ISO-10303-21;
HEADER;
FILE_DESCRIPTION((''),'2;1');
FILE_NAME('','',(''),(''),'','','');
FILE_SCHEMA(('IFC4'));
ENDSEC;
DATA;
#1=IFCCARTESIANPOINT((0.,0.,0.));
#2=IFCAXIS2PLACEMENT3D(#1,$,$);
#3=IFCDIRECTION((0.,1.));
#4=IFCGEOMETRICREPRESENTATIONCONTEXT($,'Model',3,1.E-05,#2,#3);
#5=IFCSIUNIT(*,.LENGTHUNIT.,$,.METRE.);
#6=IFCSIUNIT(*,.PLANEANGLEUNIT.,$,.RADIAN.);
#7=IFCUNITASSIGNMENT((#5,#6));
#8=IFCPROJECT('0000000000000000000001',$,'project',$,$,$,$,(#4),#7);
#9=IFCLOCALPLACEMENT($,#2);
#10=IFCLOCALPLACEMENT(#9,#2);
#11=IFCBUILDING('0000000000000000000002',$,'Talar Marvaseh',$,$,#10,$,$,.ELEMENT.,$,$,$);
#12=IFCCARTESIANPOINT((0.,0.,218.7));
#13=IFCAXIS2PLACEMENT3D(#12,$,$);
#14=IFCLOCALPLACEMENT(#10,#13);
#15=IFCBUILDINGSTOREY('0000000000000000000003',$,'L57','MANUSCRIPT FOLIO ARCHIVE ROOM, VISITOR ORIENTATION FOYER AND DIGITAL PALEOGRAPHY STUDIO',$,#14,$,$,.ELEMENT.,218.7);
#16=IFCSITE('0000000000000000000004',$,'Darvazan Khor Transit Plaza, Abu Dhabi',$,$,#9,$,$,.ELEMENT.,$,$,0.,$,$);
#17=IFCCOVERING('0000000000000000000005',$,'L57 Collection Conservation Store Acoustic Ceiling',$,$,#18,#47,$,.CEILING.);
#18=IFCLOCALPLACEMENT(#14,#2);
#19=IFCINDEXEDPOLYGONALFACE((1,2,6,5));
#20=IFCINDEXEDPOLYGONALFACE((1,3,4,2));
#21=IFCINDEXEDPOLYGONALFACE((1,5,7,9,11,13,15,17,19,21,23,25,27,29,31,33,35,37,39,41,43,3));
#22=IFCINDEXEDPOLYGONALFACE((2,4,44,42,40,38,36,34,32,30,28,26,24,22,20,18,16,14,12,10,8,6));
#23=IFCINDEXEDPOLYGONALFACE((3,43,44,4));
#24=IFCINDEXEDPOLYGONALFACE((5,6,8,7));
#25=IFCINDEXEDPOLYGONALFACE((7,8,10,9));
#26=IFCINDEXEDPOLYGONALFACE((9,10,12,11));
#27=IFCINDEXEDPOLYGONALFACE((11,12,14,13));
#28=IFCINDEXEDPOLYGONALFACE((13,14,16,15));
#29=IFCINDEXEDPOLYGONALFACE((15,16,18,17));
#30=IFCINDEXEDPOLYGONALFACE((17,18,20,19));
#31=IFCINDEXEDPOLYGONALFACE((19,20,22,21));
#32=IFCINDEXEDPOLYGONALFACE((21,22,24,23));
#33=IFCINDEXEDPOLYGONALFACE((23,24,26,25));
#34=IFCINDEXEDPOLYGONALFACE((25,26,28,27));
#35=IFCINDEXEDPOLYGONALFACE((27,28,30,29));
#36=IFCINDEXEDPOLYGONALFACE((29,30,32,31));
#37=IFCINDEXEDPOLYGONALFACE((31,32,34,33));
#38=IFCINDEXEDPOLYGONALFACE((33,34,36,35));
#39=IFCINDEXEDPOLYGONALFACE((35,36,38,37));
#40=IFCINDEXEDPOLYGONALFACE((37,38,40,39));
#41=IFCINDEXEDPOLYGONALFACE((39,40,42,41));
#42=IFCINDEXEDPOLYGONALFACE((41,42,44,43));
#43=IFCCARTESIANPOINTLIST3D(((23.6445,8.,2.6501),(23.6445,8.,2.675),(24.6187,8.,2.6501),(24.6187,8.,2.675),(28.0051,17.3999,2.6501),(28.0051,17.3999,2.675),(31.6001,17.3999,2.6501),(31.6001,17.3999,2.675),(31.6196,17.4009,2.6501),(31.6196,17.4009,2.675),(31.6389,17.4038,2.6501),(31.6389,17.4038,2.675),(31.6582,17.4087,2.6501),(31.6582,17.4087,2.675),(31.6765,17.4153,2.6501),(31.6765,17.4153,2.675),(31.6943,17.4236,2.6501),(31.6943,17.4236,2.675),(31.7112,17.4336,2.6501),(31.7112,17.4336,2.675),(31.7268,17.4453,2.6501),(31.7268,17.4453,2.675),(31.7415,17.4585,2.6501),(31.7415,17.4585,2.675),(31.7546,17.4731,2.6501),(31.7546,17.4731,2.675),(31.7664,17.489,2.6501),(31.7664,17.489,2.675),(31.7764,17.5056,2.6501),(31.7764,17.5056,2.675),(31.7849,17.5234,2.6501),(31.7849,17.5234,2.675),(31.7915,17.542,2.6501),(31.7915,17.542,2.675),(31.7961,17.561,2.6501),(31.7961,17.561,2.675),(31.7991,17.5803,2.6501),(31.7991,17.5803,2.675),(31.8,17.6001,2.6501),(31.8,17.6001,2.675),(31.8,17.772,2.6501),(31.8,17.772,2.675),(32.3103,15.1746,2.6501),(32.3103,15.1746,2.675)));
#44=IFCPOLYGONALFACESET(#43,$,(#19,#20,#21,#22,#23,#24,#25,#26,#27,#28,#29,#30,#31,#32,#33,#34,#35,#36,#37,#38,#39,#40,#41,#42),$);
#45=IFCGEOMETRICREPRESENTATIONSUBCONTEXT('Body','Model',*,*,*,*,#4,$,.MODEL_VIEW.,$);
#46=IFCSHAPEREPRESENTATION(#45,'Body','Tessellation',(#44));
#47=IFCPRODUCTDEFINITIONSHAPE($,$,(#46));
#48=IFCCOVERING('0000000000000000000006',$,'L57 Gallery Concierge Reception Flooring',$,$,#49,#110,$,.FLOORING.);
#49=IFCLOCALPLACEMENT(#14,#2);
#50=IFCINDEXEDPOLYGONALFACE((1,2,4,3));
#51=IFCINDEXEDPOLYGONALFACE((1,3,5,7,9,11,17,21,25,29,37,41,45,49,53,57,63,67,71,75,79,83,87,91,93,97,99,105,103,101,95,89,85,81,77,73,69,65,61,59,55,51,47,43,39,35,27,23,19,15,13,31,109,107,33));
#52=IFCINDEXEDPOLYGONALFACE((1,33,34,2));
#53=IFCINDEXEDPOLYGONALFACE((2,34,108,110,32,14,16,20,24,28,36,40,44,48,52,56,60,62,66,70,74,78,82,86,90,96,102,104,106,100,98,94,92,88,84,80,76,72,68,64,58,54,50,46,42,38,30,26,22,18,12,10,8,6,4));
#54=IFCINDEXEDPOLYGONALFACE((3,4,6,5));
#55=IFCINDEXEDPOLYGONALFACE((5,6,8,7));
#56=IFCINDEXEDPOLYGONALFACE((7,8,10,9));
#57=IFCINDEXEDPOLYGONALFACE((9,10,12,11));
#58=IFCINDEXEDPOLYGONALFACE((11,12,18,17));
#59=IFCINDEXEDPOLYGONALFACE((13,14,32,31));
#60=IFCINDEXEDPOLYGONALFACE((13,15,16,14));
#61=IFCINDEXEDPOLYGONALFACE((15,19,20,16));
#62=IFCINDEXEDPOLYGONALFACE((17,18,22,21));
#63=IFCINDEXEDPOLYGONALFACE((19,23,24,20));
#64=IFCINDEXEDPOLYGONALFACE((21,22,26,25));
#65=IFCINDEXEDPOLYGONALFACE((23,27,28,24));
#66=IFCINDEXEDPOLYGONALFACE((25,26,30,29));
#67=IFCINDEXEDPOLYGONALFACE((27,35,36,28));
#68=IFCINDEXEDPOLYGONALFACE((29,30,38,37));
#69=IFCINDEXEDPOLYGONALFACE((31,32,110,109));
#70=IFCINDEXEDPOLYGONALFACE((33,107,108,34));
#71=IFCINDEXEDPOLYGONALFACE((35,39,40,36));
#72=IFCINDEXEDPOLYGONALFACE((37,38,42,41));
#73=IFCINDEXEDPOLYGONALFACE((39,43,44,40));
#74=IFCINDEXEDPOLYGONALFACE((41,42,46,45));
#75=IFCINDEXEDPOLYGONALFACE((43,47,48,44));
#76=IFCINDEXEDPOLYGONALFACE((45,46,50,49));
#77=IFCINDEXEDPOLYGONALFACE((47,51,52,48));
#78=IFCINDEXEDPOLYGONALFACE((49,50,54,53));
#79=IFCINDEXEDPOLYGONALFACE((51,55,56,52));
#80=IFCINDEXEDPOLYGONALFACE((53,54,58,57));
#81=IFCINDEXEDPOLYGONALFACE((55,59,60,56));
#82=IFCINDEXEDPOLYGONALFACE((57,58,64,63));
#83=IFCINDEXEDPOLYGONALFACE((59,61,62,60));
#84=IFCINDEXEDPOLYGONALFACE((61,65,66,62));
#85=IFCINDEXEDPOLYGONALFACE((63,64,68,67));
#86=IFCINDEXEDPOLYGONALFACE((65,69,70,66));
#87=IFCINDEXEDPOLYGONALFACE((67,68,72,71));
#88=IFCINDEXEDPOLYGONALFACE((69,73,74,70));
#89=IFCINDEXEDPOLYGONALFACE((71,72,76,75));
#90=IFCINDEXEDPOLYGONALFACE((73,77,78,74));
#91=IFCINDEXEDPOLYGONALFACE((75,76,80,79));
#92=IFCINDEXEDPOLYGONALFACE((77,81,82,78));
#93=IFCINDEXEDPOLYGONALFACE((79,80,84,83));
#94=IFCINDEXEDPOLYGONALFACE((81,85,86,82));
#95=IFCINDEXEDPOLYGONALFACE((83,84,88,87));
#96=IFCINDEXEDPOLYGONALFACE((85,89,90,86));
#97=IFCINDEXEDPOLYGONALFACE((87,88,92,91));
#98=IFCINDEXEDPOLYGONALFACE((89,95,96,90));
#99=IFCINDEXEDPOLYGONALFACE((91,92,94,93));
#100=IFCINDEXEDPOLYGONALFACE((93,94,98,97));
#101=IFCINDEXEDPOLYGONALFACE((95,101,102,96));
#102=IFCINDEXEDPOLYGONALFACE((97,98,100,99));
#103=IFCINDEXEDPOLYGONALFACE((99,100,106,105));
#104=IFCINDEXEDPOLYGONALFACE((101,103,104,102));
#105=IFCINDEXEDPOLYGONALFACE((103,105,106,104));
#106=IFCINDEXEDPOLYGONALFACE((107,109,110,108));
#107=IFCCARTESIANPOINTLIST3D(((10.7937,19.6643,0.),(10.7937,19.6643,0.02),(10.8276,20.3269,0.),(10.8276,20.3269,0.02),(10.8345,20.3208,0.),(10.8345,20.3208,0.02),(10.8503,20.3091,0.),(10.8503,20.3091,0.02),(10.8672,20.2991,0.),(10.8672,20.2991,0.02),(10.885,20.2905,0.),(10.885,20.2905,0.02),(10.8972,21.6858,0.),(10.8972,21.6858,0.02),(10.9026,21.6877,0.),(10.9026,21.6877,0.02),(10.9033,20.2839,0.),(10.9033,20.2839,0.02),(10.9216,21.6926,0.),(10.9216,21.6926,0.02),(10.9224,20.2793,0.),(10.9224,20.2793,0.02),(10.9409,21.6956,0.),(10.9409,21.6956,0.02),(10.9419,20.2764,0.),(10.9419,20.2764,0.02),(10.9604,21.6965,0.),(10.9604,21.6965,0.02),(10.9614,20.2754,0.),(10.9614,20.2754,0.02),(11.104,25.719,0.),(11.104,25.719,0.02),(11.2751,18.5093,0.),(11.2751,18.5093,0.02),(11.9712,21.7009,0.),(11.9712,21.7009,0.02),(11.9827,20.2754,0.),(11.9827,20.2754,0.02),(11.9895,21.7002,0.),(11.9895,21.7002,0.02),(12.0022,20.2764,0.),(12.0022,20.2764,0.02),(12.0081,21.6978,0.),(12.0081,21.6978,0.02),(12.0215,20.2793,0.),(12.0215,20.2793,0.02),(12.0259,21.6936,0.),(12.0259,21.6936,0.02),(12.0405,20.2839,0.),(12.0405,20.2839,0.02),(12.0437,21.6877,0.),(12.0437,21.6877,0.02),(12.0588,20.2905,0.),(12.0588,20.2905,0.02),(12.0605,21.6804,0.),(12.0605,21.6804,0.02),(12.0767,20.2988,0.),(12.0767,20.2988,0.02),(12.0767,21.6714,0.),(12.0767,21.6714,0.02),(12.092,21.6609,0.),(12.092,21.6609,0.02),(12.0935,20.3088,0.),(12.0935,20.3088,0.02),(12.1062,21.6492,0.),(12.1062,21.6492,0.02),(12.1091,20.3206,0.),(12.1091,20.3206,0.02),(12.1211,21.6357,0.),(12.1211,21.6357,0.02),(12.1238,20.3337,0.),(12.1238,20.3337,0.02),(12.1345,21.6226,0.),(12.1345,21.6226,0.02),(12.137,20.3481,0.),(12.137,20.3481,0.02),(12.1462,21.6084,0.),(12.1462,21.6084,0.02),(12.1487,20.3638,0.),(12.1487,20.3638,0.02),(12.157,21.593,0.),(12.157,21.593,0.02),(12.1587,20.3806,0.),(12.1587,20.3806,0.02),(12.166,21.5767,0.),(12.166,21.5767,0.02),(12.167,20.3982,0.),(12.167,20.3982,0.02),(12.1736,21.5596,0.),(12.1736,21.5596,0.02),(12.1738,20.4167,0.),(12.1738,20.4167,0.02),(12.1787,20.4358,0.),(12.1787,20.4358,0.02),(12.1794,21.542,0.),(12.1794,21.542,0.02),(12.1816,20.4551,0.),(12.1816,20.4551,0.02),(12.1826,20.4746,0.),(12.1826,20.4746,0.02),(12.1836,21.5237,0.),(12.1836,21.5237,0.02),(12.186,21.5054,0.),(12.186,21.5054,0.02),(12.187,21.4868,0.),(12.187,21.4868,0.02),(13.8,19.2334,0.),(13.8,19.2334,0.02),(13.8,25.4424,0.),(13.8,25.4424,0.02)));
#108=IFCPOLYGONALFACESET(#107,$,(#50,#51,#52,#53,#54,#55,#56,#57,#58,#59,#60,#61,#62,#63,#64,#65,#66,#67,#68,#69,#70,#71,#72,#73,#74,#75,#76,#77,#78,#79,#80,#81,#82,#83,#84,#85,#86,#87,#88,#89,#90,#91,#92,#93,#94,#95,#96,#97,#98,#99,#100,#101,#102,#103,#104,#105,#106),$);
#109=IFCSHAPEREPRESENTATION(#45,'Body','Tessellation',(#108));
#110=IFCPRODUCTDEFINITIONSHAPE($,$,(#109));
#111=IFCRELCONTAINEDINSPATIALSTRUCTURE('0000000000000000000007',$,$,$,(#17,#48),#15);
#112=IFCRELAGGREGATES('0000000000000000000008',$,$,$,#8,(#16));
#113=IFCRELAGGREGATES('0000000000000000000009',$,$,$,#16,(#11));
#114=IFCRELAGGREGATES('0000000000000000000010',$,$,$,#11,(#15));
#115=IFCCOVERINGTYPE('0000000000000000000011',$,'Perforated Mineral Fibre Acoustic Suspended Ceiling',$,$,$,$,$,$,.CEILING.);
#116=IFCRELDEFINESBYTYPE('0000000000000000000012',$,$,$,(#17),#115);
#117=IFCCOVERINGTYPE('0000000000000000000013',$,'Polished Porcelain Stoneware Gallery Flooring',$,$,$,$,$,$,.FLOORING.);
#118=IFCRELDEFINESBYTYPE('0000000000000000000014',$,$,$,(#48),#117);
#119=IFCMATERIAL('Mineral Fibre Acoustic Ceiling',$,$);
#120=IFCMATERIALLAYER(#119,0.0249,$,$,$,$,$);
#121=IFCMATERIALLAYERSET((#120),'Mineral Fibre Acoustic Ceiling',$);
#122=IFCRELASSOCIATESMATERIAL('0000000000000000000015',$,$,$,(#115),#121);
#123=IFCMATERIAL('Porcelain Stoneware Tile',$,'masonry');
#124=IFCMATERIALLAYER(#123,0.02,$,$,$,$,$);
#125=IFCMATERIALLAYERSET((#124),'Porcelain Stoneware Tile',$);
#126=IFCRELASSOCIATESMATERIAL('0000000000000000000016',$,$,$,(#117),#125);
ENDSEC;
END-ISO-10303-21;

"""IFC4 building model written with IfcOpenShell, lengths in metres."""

from ifc_helpers import new_model, si_unit, direction, frame, origin, place, context, subcontext, project, spatial, polyline, outline, extrude, material, layer, layer_set, type_object, element, save


model = new_model("IFC4")

# Units and contexts
model_context = context("Model", 3, precision=1e-05, world=origin(), true_north=direction((0.0, 1.0)))
body_context = subcontext(model_context, "Body", "Model", "MODEL_VIEW")
ifc_project = project(units=[si_unit("LENGTHUNIT", "METRE"), si_unit("PLANEANGLEUNIT", "RADIAN")], contexts=[model_context])

# Site, building, storey
site_placement = place(None, origin())
site = spatial("IfcSite", under=ifc_project, at=site_placement, Name="Darvazan Khor Transit Plaza, Abu Dhabi", CompositionType="ELEMENT", RefElevation=0.0)
building_placement = place(site_placement, origin())
building = spatial("IfcBuilding", under=site, at=building_placement, Name="Talar Marvaseh", CompositionType="ELEMENT")
storey_placement = place(building_placement, frame((0.0, 0.0, 218.7)))
storey = spatial("IfcBuildingStorey", under=building, at=storey_placement, Name="L57", Description="MANUSCRIPT FOLIO ARCHIVE ROOM, VISITOR ORIENTATION FOYER AND DIGITAL PALEOGRAPHY STUDIO", CompositionType="ELEMENT", Elevation=218.7)

# Coverings
ifc_material_1 = material(Name="Mineral Fibre Acoustic Ceiling")
ifc_layer_1 = layer(ifc_material_1, 0.0249)
ifc_layer_set_1 = layer_set([ifc_layer_1], Name="Mineral Fibre Acoustic Ceiling")
covering_type_1 = type_object("IfcCoveringType", Name="Perforated Mineral Fibre Acoustic Suspended Ceiling", PredefinedType="CEILING", material=ifc_layer_set_1)
covering_1_placement = place(storey_placement, frame((0.0, 0.0, 2.6501)))
element("IfcCovering", 1, at=covering_1_placement, inside=storey, type_object=covering_type_1, Name="L57 Collection Conservation Store Acoustic Ceiling", PredefinedType="CEILING", context=body_context, shape_type="SweptSolid", body=[
    extrude(outline(polyline([(31.6001, 17.3999), (31.6196, 17.4009), (31.6389, 17.4038), (31.6582, 17.4087), (31.6765, 17.4153), (31.6943, 17.4236), (31.7112, 17.4336), (31.7268, 17.4453), (31.7415, 17.4585), (31.7546, 17.4731), (31.7664, 17.489), (31.7764, 17.5056), (31.7849, 17.5234), (31.7915, 17.542), (31.7961, 17.561), (31.7991, 17.5803), (31.8, 17.6001), (31.8, 17.772), (32.3103, 15.1746), (24.6187, 8.0), (23.6445, 8.0), (28.0051, 17.3999), (31.6001, 17.3999)])), origin(), (0.0, 0.0, 1.0), 0.0249),
])
ifc_material_2 = material(Name="Porcelain Stoneware Tile", Category="masonry")
ifc_layer_2 = layer(ifc_material_2, 0.02)
ifc_layer_set_2 = layer_set([ifc_layer_2], Name="Porcelain Stoneware Tile")
covering_type_2 = type_object("IfcCoveringType", Name="Polished Porcelain Stoneware Gallery Flooring", PredefinedType="FLOORING", material=ifc_layer_set_2)
covering_2_placement = place(storey_placement, origin())
element("IfcCovering", 2, at=covering_2_placement, inside=storey, type_object=covering_type_2, Name="L57 Gallery Concierge Reception Flooring", PredefinedType="FLOORING", context=body_context, shape_type="SweptSolid", body=[
    extrude(outline(polyline([(10.8503, 20.3091), (10.8672, 20.2991), (10.885, 20.2905), (10.9033, 20.2839), (10.9224, 20.2793), (10.9419, 20.2764), (10.9614, 20.2754), (11.9827, 20.2754), (12.0022, 20.2764), (12.0215, 20.2793), (12.0405, 20.2839), (12.0588, 20.2905), (12.0767, 20.2988), (12.0935, 20.3088), (12.1091, 20.3206), (12.1238, 20.3337), (12.137, 20.3481), (12.1487, 20.3638), (12.1587, 20.3806), (12.167, 20.3982), (12.1738, 20.4167), (12.1787, 20.4358), (12.1816, 20.4551), (12.1826, 20.4746), (12.187, 21.4868), (12.186, 21.5054), (12.1836, 21.5237), (12.1794, 21.542), (12.1736, 21.5596), (12.166, 21.5767), (12.157, 21.593), (12.1462, 21.6084), (12.1345, 21.6226), (12.1211, 21.6357), (12.1062, 21.6492), (12.092, 21.6609), (12.0767, 21.6714), (12.0605, 21.6804), (12.0437, 21.6877), (12.0259, 21.6936), (12.0081, 21.6978), (11.9895, 21.7002), (11.9712, 21.7009), (10.9604, 21.6965), (10.9409, 21.6956), (10.9216, 21.6926), (10.9026, 21.6877), (10.8972, 21.6858), (11.104, 25.719), (13.8, 25.4424), (13.8, 19.2334), (11.2751, 18.5093), (10.7937, 19.6643), (10.8276, 20.3269), (10.8345, 20.3208), (10.8503, 20.3091)])), origin(), (0.0, 0.0, 1.0), 0.02),
])

save(model, "model.ifc")
